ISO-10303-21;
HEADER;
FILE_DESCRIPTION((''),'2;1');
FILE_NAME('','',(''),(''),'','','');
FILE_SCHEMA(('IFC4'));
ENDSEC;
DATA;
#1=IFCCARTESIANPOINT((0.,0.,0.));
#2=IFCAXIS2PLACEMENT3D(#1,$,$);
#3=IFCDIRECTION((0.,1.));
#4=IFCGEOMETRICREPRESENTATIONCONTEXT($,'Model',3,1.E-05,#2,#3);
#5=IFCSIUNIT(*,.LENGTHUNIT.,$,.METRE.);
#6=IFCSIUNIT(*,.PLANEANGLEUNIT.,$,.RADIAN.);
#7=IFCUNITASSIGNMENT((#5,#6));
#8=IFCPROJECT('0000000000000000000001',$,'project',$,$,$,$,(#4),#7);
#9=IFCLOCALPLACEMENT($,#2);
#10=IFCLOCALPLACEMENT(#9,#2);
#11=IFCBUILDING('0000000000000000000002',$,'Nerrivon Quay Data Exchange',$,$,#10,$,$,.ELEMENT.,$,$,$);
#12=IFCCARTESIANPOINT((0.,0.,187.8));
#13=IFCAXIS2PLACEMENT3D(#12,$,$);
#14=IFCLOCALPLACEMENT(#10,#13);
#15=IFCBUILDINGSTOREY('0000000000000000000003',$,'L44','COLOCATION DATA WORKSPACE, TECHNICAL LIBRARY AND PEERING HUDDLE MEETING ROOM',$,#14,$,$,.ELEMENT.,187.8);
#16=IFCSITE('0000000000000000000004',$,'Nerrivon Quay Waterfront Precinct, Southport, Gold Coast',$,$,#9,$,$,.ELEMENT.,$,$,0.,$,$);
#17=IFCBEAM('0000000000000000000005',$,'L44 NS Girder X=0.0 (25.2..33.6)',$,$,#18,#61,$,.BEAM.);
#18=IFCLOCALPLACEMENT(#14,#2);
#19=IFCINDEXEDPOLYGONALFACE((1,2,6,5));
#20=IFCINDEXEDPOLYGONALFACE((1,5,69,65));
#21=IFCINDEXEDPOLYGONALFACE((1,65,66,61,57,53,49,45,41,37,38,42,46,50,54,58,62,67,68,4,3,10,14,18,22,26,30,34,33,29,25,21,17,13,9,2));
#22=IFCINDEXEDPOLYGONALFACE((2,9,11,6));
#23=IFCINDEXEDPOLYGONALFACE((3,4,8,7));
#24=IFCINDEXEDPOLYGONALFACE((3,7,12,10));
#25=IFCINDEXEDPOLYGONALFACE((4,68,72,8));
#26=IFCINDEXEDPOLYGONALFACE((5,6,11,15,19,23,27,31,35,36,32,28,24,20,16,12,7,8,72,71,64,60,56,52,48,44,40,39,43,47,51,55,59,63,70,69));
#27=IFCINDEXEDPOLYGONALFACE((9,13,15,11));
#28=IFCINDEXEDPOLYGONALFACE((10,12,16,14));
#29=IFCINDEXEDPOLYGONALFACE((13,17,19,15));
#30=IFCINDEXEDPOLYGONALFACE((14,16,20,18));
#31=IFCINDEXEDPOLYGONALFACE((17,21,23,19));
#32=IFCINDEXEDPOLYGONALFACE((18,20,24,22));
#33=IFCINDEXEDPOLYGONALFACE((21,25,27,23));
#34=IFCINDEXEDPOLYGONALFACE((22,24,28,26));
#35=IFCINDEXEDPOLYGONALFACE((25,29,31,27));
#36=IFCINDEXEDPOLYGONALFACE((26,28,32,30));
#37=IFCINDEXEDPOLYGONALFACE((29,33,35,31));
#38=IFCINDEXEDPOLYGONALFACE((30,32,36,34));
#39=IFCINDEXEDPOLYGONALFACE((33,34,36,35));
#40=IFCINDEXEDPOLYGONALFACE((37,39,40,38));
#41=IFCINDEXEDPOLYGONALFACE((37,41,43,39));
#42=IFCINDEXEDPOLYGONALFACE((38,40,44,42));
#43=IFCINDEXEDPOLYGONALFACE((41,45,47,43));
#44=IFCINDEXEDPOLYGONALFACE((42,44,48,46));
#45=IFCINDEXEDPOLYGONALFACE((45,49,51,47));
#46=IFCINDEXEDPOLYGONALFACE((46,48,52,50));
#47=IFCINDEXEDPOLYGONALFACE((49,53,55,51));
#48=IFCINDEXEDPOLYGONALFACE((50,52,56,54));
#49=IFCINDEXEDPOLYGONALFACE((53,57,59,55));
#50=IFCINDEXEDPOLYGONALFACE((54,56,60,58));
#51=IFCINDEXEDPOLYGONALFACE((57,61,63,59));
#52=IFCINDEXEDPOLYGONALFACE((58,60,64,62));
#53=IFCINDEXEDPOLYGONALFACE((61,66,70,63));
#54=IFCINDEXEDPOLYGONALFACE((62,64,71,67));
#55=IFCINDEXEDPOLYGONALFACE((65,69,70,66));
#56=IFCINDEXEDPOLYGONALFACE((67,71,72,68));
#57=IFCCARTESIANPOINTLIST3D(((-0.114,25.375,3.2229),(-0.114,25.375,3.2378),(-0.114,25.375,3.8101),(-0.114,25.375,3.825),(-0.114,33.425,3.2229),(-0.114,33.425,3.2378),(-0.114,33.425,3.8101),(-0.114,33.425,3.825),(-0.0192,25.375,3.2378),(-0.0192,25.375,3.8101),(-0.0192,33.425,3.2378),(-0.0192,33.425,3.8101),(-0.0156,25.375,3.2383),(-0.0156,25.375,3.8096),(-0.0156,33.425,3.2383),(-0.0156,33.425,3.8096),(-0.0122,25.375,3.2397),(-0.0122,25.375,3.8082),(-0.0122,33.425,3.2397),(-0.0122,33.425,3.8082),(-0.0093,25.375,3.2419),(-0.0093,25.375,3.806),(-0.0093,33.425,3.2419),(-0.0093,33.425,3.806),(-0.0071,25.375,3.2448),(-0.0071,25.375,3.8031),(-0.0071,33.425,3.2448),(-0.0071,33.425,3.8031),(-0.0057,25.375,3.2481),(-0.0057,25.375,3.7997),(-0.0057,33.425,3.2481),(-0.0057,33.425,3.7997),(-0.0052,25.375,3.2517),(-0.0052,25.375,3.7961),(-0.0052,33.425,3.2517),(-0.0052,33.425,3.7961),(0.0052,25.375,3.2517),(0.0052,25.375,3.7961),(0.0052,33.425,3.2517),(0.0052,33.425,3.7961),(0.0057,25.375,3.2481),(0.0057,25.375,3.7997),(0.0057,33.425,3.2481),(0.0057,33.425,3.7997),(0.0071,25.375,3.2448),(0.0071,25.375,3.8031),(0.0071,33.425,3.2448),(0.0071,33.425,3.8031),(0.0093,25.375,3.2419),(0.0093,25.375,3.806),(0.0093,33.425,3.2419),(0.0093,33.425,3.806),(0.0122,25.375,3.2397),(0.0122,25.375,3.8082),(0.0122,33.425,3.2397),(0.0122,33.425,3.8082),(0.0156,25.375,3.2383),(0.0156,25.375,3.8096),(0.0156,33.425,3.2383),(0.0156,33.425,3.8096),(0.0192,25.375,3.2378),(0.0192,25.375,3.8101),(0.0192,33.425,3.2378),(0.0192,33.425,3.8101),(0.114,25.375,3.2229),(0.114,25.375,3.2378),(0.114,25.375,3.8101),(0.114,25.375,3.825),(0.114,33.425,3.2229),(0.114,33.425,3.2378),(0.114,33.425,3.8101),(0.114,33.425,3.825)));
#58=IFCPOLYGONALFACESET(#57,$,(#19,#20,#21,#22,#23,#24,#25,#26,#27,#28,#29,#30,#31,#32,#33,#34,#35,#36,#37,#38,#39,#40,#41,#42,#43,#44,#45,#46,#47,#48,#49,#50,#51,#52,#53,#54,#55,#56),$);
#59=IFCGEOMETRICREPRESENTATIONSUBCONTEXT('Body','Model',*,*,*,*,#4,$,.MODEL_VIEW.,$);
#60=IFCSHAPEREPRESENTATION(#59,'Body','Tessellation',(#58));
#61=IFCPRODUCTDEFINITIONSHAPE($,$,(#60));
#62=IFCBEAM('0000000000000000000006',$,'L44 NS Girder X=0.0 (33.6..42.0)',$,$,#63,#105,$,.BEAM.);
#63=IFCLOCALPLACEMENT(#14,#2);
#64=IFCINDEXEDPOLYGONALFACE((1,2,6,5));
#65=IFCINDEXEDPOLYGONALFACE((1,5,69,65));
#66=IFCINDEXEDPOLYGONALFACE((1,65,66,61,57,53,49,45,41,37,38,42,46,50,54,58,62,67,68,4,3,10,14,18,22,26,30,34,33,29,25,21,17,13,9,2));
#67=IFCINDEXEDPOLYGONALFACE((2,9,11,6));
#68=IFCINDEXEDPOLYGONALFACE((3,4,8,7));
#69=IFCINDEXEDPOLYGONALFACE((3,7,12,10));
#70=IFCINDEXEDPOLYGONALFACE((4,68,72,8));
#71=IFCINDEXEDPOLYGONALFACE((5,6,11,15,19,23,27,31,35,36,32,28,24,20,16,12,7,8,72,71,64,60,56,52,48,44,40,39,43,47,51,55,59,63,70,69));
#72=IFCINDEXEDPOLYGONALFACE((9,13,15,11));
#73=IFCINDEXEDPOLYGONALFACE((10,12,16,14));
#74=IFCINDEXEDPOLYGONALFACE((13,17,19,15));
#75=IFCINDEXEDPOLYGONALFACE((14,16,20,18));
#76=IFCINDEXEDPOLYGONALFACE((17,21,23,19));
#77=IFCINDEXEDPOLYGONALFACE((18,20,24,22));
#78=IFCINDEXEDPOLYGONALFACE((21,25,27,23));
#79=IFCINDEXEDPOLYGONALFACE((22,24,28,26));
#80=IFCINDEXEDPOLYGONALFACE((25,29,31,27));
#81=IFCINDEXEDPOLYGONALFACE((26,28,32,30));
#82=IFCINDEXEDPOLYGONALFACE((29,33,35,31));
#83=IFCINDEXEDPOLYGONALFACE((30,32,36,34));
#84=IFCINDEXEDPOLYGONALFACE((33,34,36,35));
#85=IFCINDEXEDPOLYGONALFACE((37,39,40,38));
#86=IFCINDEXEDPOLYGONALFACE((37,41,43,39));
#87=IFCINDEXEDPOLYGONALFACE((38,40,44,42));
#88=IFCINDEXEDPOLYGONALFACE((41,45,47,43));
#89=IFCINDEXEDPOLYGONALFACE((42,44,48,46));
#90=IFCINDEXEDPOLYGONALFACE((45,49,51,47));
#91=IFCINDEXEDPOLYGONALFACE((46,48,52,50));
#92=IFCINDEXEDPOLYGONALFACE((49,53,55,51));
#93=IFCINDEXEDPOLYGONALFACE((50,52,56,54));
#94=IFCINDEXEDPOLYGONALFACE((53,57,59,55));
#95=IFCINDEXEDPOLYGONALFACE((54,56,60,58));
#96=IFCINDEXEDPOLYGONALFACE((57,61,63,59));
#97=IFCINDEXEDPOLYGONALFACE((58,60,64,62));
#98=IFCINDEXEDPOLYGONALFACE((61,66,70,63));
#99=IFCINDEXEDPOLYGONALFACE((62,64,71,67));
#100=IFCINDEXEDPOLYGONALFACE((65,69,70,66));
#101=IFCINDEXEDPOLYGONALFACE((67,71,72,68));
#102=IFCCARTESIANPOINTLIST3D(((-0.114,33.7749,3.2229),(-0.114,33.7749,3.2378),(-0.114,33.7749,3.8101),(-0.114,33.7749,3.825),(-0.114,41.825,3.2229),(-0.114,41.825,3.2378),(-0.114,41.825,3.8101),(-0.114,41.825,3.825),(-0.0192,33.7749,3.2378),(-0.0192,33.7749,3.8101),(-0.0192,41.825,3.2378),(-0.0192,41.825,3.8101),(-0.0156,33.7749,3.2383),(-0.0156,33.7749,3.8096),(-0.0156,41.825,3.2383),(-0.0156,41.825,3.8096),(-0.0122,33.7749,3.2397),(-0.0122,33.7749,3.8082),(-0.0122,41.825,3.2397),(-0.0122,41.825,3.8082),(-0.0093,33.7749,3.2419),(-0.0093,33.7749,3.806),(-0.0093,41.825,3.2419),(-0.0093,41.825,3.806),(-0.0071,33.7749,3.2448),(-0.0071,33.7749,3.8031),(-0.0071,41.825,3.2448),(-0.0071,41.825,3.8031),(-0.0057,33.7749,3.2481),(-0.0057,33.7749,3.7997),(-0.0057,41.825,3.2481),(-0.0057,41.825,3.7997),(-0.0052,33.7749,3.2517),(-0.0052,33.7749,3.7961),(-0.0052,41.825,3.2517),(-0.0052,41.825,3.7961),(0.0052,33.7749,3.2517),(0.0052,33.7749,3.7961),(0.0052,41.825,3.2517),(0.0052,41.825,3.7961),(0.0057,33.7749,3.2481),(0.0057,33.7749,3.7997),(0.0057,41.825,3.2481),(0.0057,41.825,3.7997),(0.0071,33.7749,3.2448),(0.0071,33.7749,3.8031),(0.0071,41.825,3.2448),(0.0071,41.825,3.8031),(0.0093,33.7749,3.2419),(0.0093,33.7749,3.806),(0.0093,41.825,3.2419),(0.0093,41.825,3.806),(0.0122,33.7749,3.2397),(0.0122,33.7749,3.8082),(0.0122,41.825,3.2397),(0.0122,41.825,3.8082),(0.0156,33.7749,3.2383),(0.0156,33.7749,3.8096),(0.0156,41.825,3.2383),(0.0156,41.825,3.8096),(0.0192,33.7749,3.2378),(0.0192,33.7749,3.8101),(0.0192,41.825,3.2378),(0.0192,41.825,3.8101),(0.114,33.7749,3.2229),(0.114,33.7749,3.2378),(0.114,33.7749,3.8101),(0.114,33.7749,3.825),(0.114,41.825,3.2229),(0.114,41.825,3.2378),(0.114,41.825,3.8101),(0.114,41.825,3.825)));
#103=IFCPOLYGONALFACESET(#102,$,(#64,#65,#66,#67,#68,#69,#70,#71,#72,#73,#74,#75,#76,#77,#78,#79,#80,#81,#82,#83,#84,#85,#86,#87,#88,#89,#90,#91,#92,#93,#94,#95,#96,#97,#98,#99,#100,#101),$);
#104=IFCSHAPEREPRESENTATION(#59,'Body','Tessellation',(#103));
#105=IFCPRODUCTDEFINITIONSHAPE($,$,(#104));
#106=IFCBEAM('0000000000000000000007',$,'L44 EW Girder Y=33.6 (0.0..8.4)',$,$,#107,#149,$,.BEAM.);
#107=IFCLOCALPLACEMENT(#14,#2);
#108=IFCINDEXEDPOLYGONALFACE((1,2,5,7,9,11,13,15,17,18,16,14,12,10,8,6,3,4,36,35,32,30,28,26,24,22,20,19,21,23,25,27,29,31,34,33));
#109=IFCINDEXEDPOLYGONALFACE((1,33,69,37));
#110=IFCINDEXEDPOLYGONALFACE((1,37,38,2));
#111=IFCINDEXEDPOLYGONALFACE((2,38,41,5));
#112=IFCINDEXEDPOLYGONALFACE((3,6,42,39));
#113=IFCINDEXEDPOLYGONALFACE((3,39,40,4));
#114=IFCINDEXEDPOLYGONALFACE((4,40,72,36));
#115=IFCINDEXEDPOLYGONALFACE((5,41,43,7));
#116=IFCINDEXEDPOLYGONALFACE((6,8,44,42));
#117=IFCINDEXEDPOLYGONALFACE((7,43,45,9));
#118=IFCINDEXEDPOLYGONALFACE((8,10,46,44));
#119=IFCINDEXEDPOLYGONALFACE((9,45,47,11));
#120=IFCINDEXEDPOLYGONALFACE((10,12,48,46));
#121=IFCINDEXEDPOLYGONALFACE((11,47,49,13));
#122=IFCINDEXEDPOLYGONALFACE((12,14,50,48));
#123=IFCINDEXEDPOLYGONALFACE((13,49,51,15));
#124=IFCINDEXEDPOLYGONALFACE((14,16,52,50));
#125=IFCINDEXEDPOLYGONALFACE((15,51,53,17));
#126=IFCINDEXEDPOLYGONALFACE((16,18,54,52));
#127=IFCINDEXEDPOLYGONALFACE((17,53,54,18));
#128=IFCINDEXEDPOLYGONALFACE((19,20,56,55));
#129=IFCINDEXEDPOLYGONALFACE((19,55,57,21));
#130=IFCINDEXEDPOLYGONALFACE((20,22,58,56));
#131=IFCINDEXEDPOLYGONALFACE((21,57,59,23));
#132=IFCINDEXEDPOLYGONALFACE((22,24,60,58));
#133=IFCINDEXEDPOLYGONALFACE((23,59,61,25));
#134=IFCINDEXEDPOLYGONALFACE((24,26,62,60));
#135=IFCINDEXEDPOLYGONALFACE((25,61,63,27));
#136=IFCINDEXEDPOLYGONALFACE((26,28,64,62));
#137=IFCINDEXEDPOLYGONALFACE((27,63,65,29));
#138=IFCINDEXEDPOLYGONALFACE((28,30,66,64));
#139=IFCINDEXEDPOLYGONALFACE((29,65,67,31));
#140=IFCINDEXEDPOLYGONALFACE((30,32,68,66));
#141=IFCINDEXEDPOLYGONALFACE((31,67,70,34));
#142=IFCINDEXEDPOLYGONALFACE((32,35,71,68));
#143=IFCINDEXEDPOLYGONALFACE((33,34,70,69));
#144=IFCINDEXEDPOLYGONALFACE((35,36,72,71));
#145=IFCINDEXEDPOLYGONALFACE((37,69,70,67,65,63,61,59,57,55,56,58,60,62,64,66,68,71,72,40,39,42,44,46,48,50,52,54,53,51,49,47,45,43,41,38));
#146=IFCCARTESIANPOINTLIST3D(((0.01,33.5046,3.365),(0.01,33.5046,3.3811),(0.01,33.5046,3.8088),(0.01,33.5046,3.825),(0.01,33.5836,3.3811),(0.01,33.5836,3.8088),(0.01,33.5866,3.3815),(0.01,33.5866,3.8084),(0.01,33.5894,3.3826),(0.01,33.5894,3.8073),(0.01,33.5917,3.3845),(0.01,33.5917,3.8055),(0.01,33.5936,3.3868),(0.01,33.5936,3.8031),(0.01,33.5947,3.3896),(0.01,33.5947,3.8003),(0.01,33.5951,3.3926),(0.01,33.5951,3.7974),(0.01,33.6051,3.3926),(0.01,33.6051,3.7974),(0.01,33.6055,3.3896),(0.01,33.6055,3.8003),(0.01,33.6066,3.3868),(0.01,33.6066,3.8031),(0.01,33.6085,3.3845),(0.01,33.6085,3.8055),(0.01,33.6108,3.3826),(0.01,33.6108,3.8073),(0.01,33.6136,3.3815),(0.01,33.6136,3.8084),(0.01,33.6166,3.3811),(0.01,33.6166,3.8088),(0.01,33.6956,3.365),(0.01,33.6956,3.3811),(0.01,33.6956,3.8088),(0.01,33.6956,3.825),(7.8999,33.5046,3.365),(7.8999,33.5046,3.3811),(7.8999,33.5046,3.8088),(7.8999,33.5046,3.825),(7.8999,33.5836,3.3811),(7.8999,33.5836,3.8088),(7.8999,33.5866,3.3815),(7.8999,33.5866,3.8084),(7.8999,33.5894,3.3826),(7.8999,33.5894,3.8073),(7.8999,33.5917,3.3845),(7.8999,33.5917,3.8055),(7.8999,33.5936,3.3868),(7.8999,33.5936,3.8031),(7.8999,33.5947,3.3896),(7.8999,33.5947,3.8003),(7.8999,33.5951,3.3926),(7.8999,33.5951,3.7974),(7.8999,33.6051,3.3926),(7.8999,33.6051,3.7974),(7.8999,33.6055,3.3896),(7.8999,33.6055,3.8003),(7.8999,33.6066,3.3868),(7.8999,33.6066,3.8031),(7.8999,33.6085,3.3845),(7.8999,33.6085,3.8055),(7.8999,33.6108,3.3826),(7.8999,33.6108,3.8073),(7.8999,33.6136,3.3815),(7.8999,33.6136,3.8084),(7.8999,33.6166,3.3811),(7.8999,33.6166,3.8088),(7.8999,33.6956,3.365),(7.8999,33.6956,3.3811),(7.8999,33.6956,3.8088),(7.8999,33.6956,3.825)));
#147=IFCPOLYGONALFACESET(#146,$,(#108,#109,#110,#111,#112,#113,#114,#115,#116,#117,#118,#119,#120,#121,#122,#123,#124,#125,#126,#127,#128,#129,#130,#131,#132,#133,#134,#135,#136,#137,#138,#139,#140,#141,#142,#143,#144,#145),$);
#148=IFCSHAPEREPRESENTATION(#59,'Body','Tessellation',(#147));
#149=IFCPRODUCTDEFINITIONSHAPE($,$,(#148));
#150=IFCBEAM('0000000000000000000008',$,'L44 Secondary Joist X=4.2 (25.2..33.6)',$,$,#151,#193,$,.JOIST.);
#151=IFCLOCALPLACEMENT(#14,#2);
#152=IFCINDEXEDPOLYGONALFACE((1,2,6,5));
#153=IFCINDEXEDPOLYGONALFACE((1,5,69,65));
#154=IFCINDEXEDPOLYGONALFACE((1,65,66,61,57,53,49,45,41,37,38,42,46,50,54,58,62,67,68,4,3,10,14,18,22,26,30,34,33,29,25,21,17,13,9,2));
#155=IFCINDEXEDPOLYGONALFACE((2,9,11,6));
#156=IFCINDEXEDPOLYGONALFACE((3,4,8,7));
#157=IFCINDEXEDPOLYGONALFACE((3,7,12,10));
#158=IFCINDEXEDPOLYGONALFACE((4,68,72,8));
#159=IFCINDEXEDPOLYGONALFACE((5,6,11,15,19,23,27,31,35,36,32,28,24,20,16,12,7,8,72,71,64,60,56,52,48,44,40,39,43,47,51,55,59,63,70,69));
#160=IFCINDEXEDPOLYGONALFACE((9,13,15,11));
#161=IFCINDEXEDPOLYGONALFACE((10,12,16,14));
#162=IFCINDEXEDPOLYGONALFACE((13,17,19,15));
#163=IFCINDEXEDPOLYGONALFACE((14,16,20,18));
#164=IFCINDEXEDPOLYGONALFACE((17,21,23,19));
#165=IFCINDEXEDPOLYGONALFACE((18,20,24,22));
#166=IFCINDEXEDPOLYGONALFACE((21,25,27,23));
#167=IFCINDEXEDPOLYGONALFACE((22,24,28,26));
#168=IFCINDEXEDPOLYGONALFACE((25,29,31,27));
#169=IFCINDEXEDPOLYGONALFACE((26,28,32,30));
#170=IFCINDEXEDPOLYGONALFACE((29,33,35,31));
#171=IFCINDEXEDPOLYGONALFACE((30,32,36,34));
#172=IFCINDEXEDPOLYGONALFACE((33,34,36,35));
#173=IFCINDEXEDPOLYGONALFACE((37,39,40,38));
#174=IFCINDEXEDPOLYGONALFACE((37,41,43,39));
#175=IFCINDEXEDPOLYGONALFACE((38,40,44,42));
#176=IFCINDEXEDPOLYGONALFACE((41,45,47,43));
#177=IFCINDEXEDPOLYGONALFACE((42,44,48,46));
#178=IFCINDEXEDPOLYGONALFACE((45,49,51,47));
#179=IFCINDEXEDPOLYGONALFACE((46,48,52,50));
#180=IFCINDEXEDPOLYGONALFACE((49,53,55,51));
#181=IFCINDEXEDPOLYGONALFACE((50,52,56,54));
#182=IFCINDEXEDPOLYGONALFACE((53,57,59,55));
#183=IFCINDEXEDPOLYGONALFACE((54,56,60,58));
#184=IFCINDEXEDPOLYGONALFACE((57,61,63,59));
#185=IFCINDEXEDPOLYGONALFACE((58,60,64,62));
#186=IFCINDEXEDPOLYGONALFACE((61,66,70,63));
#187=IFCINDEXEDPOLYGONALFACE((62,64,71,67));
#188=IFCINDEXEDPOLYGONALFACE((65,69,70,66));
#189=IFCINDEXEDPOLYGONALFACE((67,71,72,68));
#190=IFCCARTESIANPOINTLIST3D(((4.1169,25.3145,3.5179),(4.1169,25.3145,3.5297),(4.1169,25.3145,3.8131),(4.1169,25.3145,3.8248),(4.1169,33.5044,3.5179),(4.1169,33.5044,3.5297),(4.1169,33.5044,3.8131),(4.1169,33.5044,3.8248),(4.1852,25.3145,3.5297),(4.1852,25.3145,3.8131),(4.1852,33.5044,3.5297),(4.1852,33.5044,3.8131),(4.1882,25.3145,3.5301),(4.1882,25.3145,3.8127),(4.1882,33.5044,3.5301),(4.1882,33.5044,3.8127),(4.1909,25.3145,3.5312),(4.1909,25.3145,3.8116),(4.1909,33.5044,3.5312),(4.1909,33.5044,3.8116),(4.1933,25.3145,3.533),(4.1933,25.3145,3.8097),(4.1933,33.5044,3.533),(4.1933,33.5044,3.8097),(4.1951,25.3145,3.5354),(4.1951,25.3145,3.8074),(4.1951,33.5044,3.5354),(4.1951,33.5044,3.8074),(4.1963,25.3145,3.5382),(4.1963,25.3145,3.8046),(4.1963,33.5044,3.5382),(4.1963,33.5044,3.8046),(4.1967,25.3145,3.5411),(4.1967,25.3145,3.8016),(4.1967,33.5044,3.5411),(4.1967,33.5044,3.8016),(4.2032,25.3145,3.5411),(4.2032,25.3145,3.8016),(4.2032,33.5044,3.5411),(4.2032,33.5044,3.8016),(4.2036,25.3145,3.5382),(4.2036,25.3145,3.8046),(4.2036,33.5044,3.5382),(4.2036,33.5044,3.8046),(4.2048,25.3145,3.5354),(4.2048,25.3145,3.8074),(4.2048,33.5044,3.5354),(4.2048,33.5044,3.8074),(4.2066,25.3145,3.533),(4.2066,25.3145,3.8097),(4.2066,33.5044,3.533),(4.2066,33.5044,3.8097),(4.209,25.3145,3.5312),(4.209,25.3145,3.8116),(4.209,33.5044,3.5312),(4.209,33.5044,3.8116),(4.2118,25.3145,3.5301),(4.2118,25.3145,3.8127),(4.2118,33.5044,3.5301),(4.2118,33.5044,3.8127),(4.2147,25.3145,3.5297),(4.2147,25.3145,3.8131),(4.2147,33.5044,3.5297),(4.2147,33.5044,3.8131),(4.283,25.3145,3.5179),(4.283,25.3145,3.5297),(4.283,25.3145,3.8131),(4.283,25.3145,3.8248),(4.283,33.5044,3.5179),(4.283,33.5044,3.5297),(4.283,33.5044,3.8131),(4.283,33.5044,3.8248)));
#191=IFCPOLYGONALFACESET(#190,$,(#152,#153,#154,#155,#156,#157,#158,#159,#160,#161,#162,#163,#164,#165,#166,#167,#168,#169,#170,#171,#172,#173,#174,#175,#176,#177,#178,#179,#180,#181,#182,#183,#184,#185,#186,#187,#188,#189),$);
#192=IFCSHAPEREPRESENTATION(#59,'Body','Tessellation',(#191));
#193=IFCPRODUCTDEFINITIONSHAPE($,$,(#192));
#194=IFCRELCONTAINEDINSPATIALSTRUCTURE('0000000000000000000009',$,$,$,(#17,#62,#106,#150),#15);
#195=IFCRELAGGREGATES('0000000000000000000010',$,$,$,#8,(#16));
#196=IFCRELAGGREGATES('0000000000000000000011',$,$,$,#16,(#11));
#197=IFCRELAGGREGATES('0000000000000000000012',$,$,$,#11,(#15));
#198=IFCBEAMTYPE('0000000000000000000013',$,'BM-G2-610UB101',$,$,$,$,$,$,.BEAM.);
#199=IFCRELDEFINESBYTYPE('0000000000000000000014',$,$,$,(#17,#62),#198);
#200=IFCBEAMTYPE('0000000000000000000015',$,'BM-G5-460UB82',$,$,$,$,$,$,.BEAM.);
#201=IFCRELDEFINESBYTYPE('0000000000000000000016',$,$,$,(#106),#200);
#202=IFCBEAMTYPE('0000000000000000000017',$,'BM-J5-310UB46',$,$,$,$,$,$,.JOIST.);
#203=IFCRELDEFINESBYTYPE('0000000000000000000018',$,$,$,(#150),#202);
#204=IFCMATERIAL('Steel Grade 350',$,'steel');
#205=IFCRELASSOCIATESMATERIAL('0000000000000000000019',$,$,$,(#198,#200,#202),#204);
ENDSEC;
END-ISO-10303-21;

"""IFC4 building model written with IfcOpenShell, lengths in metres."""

from ifc_helpers import new_model, si_unit, direction, frame, origin, origin_2d, place, context, subcontext, project, spatial, i_section, extrude, material, material_profile, profile_set, type_object, element, save


model = new_model("IFC4")

# Units and contexts
model_context = context("Model", 3, precision=1e-05, world=origin(), true_north=direction((0.0, 1.0)))
body_context = subcontext(model_context, "Body", "Model", "MODEL_VIEW")
ifc_project = project(units=[si_unit("LENGTHUNIT", "METRE"), si_unit("PLANEANGLEUNIT", "RADIAN")], contexts=[model_context])

# Site, building, storey
site_placement = place(None, origin())
site = spatial("IfcSite", under=ifc_project, at=site_placement, Name="Nerrivon Quay Waterfront Precinct, Southport, Gold Coast", CompositionType="ELEMENT", RefElevation=0.0)
building_placement = place(site_placement, origin())
building = spatial("IfcBuilding", under=site, at=building_placement, Name="Nerrivon Quay Data Exchange", CompositionType="ELEMENT")
storey_placement = place(building_placement, frame((0.0, 0.0, 187.8)))
storey = spatial("IfcBuildingStorey", under=building, at=storey_placement, Name="L44", Description="COLOCATION DATA WORKSPACE, TECHNICAL LIBRARY AND PEERING HUDDLE MEETING ROOM", CompositionType="ELEMENT", Elevation=187.8)

# Shared definitions
ifc_material_1 = material(Name="Steel Grade 350", Category="steel")

# Beams
ifc_material_profile_1 = material_profile(ifc_material_1, i_section(OverallWidth=0.228, OverallDepth=0.6021, WebThickness=0.0105, FlangeThickness=0.0149, FilletRadius=0.0139, at=origin_2d()), Name="610UB101")
ifc_profile_set_1 = profile_set([ifc_material_profile_1], Name="Steel Grade 350")
beam_type_1 = type_object("IfcBeamType", Name="BM-G2-610UB101", PredefinedType="BEAM", material=ifc_profile_set_1)
for number, where, z_axis, x_axis, name in (
    (1, (0.0, 25.375, 3.5239), (0.0, 1.0, 0.0), (-1.0, 0.0, 0.0), "L44 NS Girder X=0.0 (25.2..33.6)"),
    (2, (0.0, 33.7749, 3.5239), (0.0, 1.0, 0.0), (-1.0, 0.0, 0.0), "L44 NS Girder X=0.0 (33.6..42.0)"),
):
    element("IfcBeam", number, at=place(storey_placement, frame(where, z_axis=z_axis, x_axis=x_axis)), inside=storey, type_object=beam_type_1, Name=name, PredefinedType="BEAM", context=body_context, shape_type="SweptSolid", body=[
        extrude(i_section(OverallWidth=0.228, OverallDepth=0.6021, WebThickness=0.0105, FlangeThickness=0.0149, FilletRadius=0.0139, at=origin_2d()), origin(), (0.0, 0.0, 1.0), 8.05),
    ])
ifc_material_profile_2 = material_profile(ifc_material_1, i_section(OverallWidth=0.1909, OverallDepth=0.46, WebThickness=0.01, FlangeThickness=0.0161, FilletRadius=0.0115, at=origin_2d()), Name="460UB82.1")
ifc_profile_set_2 = profile_set([ifc_material_profile_2], Name="Steel Grade 350")
beam_type_2 = type_object("IfcBeamType", Name="BM-G5-460UB82", PredefinedType="BEAM", material=ifc_profile_set_2)
beam_1_placement = place(storey_placement, frame((0.01, 33.6001, 3.595), z_axis=(1.0, 0.0, 0.0), x_axis=(0.0, 1.0, 0.0)))
element("IfcBeam", 3, at=beam_1_placement, inside=storey, type_object=beam_type_2, Name="L44 EW Girder Y=33.6 (0.0..8.4)", PredefinedType="BEAM", context=body_context, shape_type="SweptSolid", body=[
    extrude(i_section(OverallWidth=0.1909, OverallDepth=0.46, WebThickness=0.01, FlangeThickness=0.0161, FilletRadius=0.0115, at=origin_2d()), origin(), (0.0, 0.0, 1.0), 7.8899),
])
ifc_material_profile_3 = material_profile(ifc_material_1, i_section(OverallWidth=0.166, OverallDepth=0.3069, WebThickness=0.0066, FlangeThickness=0.0117, FilletRadius=0.0115, at=origin_2d()), Name="310UB46.2")
ifc_profile_set_3 = profile_set([ifc_material_profile_3], Name="Steel Grade 350")
beam_type_3 = type_object("IfcBeamType", Name="BM-J5-310UB46", PredefinedType="JOIST", material=ifc_profile_set_3)
beam_2_placement = place(storey_placement, frame((4.2, 25.3145, 3.6714), z_axis=(0.0, 1.0, 0.0), x_axis=(-1.0, 0.0, 0.0)))
element("IfcBeam", 4, at=beam_2_placement, inside=storey, type_object=beam_type_3, Name="L44 Secondary Joist X=4.2 (25.2..33.6)", PredefinedType="JOIST", context=body_context, shape_type="SweptSolid", body=[
    extrude(i_section(OverallWidth=0.166, OverallDepth=0.3069, WebThickness=0.0066, FlangeThickness=0.0117, FilletRadius=0.0115, at=origin_2d()), origin(), (0.0, 0.0, 1.0), 8.1899),
])

save(model, "model.ifc")
